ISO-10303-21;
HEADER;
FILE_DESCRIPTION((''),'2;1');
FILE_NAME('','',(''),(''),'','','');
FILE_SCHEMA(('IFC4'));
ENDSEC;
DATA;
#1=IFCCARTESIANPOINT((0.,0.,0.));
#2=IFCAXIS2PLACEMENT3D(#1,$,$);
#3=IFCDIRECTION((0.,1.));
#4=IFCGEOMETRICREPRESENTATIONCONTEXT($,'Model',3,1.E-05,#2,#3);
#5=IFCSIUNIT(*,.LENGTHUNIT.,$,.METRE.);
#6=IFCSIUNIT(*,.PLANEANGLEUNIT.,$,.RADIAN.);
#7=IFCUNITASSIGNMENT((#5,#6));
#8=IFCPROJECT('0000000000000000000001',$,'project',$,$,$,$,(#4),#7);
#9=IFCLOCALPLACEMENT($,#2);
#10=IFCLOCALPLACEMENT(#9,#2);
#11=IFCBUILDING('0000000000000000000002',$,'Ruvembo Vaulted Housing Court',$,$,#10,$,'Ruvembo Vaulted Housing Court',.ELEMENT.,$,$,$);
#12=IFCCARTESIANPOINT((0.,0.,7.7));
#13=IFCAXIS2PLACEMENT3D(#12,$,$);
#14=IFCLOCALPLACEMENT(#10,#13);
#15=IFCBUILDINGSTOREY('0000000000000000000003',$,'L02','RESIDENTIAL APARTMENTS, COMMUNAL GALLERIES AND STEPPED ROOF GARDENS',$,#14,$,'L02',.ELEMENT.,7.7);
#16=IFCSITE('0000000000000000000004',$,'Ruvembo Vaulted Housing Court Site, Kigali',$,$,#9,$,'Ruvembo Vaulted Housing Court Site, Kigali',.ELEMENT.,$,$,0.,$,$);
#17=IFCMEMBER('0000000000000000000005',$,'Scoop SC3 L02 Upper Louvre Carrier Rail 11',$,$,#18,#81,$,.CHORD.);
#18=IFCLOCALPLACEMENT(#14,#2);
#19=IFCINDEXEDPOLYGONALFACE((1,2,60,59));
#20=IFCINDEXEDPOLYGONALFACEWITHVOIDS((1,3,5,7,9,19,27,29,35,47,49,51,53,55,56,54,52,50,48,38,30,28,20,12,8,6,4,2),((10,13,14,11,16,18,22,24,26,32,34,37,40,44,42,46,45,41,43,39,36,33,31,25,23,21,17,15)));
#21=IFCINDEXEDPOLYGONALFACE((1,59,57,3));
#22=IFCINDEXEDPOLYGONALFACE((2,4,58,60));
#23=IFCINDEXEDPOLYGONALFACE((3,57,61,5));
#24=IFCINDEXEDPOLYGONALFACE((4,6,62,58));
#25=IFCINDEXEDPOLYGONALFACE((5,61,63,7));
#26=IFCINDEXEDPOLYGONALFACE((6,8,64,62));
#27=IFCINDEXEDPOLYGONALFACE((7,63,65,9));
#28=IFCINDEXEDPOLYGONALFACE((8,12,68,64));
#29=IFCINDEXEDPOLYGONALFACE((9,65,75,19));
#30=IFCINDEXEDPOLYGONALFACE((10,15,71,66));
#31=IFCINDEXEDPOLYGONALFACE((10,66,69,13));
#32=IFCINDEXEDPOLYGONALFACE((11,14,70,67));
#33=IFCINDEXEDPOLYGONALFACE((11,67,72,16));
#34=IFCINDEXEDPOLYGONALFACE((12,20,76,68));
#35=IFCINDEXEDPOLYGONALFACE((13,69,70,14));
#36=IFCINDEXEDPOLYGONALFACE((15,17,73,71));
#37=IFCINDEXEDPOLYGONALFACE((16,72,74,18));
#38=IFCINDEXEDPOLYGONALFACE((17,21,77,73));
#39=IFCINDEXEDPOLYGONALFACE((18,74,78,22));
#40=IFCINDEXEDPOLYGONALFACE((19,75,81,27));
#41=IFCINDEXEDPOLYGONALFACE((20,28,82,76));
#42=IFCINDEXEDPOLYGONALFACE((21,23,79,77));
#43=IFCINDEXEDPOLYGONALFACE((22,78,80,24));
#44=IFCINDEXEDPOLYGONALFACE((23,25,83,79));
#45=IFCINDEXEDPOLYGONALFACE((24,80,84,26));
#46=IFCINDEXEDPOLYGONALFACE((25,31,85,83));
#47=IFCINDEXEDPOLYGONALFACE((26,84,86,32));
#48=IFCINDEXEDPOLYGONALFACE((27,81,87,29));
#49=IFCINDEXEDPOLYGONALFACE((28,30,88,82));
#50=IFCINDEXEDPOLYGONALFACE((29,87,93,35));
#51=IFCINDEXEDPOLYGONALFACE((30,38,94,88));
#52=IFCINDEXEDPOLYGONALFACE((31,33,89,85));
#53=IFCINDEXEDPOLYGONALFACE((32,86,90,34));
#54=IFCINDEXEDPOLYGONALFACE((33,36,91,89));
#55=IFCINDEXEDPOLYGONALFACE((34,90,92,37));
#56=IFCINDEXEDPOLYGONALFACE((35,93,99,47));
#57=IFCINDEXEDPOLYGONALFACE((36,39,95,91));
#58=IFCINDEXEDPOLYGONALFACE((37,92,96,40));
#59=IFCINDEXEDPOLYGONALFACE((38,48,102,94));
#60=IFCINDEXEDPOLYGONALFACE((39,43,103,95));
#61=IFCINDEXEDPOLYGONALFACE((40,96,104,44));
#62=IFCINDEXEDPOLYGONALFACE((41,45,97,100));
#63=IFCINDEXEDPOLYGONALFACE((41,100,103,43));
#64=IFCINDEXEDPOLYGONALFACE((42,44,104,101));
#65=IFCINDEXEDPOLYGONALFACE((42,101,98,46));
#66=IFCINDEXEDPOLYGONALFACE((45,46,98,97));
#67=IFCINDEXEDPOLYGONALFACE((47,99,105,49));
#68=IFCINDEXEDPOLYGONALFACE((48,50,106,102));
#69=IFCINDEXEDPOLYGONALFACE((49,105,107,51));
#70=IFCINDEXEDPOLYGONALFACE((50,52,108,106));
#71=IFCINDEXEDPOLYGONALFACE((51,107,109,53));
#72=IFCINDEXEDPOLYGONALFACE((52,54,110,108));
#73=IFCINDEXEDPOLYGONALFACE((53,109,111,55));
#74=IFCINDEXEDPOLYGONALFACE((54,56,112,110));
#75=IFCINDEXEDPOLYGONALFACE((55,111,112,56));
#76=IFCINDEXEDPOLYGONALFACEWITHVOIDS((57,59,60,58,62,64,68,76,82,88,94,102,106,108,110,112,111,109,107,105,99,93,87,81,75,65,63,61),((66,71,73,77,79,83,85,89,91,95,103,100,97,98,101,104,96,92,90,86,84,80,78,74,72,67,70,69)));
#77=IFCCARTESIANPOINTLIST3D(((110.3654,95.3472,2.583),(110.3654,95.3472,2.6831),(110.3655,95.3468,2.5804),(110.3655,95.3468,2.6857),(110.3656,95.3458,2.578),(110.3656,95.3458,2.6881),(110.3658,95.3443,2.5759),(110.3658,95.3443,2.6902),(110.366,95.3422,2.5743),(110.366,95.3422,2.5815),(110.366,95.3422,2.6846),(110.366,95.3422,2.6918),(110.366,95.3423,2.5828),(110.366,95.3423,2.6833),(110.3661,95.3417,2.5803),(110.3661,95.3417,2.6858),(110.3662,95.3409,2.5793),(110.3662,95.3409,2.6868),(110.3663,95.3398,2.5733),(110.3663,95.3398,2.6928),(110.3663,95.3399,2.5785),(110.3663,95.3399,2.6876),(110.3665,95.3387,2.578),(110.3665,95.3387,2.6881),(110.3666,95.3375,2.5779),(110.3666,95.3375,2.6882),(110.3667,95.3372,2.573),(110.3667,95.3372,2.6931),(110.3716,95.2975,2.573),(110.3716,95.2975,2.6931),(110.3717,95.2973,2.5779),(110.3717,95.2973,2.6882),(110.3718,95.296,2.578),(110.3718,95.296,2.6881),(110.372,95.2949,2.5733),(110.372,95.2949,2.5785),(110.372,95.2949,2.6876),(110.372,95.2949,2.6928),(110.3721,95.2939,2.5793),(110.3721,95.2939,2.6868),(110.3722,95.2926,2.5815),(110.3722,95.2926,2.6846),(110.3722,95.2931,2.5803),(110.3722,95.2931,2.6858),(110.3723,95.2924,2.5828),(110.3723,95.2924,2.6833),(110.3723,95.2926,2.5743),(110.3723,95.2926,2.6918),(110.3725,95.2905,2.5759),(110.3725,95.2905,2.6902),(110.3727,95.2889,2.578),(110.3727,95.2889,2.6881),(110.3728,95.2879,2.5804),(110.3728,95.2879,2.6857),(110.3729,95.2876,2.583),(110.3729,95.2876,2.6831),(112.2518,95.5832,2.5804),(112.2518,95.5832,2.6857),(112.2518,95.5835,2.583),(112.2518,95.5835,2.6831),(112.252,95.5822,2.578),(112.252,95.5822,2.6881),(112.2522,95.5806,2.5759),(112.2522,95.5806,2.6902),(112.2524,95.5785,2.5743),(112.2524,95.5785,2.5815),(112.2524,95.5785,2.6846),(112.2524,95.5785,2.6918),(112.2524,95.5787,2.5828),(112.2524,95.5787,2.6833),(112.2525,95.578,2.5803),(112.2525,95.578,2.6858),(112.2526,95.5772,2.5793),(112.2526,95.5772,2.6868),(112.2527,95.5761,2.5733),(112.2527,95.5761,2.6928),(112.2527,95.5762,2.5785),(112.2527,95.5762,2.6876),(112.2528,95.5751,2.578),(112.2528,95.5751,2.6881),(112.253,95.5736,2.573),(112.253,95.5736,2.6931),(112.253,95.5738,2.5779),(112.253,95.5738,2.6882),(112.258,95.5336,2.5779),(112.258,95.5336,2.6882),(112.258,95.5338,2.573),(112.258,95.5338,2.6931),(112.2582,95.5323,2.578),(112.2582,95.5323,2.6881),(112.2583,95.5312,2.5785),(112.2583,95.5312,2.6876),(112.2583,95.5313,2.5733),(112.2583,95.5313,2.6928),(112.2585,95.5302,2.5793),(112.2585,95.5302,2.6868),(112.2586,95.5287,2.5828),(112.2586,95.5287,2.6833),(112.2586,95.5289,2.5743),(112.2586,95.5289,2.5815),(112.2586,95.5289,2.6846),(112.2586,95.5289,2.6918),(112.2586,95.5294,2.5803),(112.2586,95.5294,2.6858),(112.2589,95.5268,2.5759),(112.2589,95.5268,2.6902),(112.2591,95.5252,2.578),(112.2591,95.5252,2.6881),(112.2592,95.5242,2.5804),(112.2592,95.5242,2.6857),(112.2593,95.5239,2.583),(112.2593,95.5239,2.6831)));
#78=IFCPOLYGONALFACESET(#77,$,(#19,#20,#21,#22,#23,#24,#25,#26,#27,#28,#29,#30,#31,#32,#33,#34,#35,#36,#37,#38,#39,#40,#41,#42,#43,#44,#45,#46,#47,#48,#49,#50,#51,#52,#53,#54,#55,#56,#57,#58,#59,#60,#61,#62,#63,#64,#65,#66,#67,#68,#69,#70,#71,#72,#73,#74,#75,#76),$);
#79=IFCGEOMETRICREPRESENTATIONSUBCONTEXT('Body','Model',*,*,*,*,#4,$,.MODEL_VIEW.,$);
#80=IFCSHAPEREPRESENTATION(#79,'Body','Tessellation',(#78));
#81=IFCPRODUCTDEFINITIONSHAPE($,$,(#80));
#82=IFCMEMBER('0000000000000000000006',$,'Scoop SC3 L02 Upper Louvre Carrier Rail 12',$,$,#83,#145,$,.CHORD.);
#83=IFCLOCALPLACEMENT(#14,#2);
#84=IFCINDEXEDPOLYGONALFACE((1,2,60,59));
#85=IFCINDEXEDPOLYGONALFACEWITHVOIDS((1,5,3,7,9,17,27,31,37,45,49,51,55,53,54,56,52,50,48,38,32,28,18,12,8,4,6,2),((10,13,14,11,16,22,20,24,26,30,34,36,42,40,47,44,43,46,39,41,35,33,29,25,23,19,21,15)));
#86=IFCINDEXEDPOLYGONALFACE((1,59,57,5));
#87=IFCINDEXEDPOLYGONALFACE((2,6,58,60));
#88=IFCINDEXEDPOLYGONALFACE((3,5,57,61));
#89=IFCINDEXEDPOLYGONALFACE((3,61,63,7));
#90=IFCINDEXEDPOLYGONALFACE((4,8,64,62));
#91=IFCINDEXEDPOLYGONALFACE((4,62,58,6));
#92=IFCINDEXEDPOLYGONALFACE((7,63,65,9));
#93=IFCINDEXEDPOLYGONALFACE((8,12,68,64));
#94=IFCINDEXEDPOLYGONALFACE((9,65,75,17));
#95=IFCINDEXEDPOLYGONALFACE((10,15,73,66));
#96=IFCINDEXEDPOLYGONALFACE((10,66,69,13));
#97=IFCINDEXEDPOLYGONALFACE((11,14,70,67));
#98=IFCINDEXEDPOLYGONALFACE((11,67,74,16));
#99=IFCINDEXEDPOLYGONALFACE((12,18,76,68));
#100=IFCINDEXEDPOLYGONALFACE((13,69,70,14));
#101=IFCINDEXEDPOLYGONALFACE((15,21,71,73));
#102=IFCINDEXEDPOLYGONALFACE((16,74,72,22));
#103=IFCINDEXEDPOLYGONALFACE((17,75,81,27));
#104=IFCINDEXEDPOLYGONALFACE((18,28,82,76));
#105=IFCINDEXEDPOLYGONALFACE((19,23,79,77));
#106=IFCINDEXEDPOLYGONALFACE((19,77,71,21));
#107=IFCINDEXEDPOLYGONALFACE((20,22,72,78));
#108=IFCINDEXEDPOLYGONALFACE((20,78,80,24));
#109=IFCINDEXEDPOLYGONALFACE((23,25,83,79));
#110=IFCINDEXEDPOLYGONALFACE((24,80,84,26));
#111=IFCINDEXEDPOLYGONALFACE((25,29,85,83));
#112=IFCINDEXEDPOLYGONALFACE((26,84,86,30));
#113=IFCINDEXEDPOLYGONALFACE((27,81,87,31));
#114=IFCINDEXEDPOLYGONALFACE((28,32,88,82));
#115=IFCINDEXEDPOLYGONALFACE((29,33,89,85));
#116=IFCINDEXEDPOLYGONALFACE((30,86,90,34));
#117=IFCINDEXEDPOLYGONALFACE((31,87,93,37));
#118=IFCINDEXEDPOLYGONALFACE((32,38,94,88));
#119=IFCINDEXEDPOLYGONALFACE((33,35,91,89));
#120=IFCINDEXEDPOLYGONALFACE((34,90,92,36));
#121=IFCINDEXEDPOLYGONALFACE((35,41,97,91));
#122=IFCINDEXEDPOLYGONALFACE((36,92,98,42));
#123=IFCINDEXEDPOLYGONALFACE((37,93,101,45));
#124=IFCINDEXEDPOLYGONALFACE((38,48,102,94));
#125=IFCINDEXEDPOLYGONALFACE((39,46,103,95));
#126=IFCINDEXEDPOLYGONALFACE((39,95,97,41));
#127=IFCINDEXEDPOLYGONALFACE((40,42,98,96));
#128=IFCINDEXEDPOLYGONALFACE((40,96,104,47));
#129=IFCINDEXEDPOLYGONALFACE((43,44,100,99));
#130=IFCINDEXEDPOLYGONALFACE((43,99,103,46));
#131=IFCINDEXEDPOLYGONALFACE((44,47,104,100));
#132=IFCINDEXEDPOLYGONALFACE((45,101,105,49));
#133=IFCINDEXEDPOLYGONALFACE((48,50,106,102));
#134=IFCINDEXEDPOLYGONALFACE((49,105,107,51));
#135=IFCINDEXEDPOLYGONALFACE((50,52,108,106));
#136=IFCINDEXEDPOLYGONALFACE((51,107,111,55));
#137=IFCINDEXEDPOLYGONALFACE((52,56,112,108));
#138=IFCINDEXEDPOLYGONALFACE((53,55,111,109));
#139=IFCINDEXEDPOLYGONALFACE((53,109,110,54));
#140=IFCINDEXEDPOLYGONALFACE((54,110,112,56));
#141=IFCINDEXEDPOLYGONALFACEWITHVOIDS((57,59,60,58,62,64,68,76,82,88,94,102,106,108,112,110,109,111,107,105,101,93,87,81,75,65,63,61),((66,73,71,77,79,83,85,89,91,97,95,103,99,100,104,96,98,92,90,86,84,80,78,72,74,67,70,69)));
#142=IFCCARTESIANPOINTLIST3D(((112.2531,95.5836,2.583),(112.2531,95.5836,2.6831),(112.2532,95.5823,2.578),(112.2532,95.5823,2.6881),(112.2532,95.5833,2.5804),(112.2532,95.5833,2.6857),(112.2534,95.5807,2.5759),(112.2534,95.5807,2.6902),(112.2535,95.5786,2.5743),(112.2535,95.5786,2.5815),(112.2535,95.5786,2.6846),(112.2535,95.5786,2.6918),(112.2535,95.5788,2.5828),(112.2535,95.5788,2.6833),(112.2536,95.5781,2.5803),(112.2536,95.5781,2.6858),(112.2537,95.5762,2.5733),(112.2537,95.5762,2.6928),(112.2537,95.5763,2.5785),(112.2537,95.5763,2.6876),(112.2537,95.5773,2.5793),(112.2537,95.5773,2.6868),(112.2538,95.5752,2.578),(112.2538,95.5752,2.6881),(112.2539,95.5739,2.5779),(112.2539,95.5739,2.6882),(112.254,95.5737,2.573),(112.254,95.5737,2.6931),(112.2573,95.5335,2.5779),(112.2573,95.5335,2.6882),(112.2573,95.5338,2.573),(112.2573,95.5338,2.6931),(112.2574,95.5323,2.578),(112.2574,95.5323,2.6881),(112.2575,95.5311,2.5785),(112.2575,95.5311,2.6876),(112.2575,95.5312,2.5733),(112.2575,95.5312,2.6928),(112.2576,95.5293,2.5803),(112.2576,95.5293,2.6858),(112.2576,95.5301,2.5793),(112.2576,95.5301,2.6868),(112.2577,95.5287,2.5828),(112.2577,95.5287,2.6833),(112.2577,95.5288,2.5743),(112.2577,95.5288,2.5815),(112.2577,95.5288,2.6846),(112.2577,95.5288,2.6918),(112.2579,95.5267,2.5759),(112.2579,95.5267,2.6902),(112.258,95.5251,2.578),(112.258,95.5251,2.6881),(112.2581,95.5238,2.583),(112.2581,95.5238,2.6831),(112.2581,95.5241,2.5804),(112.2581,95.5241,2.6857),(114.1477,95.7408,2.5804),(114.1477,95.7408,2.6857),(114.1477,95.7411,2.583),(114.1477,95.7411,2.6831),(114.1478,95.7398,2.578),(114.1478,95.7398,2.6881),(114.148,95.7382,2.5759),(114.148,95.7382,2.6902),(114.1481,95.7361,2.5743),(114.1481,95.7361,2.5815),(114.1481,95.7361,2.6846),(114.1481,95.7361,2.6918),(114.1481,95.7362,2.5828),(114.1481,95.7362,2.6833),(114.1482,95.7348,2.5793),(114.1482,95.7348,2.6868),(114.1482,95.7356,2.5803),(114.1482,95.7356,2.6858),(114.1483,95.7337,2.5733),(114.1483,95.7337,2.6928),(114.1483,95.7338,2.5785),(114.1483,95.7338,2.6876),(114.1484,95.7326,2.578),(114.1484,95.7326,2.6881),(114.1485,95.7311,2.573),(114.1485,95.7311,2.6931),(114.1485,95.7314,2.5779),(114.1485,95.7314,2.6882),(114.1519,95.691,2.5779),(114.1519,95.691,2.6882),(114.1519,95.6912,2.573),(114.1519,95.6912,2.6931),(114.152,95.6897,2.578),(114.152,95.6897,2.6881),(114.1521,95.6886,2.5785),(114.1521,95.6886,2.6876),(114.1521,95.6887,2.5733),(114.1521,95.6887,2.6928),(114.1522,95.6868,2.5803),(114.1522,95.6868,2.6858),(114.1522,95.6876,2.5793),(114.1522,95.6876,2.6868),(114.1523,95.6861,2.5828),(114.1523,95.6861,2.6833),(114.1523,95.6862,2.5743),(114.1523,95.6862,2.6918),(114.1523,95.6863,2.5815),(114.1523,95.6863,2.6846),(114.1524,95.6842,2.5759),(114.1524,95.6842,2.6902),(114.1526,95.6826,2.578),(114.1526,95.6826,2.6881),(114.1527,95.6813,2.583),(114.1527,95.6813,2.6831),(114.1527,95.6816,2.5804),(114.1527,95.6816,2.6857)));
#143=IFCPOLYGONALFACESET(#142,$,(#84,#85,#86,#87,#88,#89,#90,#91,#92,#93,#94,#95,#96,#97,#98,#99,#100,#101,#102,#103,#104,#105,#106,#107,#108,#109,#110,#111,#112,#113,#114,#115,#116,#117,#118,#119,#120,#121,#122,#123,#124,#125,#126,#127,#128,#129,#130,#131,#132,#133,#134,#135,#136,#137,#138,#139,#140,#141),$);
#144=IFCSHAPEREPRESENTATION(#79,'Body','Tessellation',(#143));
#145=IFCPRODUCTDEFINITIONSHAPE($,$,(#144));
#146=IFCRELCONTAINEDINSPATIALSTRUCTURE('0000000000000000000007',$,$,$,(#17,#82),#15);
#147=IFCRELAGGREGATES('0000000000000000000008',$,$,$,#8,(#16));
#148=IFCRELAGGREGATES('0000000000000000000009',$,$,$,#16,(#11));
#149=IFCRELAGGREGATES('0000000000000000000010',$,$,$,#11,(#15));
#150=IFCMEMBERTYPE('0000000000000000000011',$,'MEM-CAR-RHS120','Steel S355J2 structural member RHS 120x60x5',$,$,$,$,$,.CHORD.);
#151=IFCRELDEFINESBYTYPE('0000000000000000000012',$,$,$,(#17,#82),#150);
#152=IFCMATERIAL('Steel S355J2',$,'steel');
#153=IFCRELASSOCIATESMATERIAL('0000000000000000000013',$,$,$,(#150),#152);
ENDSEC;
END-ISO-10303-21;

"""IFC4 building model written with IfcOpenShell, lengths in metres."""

from ifc_helpers import new_model, si_unit, direction, frame, origin, origin_2d, place, context, subcontext, project, spatial, hollow_rectangle, extrude, material, material_profile, profile_set, type_object, element, save


model = new_model("IFC4")

# Units and contexts
model_context = context("Model", 3, precision=1e-05, world=origin(), true_north=direction((0.0, 1.0)))
body_context = subcontext(model_context, "Body", "Model", "MODEL_VIEW")
ifc_project = project(units=[si_unit("LENGTHUNIT", "METRE"), si_unit("PLANEANGLEUNIT", "RADIAN")], contexts=[model_context])

# Site, building, storey
site_placement = place(None, origin())
site = spatial("IfcSite", under=ifc_project, at=site_placement, Name="Ruvembo Vaulted Housing Court Site, Kigali", LongName="Ruvembo Vaulted Housing Court Site, Kigali", CompositionType="ELEMENT", RefElevation=0.0)
building_placement = place(site_placement, origin())
building = spatial("IfcBuilding", under=site, at=building_placement, Name="Ruvembo Vaulted Housing Court", LongName="Ruvembo Vaulted Housing Court", CompositionType="ELEMENT")
storey_placement = place(building_placement, frame((0.0, 0.0, 7.7)))
storey = spatial("IfcBuildingStorey", under=building, at=storey_placement, Name="L02", Description="RESIDENTIAL APARTMENTS, COMMUNAL GALLERIES AND STEPPED ROOF GARDENS", LongName="L02", CompositionType="ELEMENT", Elevation=7.7)

# Shared definitions
ifc_material_1 = material(Name="Steel S355J2", Category="steel")

# Members
ifc_material_profile_1 = material_profile(ifc_material_1, hollow_rectangle(XDim=0.0601, YDim=0.1201, WallThickness=0.0049, InnerFilletRadius=0.0049, OuterFilletRadius=0.01, at=origin_2d()), Name="RHS 120x60x5")
ifc_profile_set_1 = profile_set([ifc_material_profile_1], Name="Steel S355J2")
member_type_1 = type_object("IfcMemberType", Name="MEM-CAR-RHS120", Description="Steel S355J2 structural member RHS 120x60x5", PredefinedType="CHORD", material=ifc_profile_set_1)
for number, where, z_axis, x_axis, name in (
    (1, (110.3691, 95.3174, 2.6331), (0.992244, 0.124303, 0.0), (-0.124303, 0.992244, 0.0), "Scoop SC3 L02 Upper Louvre Carrier Rail 11"),
    (2, (112.2556, 95.5537, 2.6331), (0.996563, 0.082833, 0.0), (-0.082833, 0.996563, 0.0), "Scoop SC3 L02 Upper Louvre Carrier Rail 12"),
):
    element("IfcMember", number, at=place(storey_placement, frame(where, z_axis=z_axis, x_axis=x_axis)), inside=storey, type_object=member_type_1, Name=name, PredefinedType="CHORD", context=body_context, shape_type="SweptSolid", body=[
        extrude(hollow_rectangle(XDim=0.0601, YDim=0.1201, WallThickness=0.0049, InnerFilletRadius=0.0049, OuterFilletRadius=0.01, at=origin_2d()), origin(), (0.0, 0.0, 1.0), 1.9011),
    ])

save(model, "model.ifc")
